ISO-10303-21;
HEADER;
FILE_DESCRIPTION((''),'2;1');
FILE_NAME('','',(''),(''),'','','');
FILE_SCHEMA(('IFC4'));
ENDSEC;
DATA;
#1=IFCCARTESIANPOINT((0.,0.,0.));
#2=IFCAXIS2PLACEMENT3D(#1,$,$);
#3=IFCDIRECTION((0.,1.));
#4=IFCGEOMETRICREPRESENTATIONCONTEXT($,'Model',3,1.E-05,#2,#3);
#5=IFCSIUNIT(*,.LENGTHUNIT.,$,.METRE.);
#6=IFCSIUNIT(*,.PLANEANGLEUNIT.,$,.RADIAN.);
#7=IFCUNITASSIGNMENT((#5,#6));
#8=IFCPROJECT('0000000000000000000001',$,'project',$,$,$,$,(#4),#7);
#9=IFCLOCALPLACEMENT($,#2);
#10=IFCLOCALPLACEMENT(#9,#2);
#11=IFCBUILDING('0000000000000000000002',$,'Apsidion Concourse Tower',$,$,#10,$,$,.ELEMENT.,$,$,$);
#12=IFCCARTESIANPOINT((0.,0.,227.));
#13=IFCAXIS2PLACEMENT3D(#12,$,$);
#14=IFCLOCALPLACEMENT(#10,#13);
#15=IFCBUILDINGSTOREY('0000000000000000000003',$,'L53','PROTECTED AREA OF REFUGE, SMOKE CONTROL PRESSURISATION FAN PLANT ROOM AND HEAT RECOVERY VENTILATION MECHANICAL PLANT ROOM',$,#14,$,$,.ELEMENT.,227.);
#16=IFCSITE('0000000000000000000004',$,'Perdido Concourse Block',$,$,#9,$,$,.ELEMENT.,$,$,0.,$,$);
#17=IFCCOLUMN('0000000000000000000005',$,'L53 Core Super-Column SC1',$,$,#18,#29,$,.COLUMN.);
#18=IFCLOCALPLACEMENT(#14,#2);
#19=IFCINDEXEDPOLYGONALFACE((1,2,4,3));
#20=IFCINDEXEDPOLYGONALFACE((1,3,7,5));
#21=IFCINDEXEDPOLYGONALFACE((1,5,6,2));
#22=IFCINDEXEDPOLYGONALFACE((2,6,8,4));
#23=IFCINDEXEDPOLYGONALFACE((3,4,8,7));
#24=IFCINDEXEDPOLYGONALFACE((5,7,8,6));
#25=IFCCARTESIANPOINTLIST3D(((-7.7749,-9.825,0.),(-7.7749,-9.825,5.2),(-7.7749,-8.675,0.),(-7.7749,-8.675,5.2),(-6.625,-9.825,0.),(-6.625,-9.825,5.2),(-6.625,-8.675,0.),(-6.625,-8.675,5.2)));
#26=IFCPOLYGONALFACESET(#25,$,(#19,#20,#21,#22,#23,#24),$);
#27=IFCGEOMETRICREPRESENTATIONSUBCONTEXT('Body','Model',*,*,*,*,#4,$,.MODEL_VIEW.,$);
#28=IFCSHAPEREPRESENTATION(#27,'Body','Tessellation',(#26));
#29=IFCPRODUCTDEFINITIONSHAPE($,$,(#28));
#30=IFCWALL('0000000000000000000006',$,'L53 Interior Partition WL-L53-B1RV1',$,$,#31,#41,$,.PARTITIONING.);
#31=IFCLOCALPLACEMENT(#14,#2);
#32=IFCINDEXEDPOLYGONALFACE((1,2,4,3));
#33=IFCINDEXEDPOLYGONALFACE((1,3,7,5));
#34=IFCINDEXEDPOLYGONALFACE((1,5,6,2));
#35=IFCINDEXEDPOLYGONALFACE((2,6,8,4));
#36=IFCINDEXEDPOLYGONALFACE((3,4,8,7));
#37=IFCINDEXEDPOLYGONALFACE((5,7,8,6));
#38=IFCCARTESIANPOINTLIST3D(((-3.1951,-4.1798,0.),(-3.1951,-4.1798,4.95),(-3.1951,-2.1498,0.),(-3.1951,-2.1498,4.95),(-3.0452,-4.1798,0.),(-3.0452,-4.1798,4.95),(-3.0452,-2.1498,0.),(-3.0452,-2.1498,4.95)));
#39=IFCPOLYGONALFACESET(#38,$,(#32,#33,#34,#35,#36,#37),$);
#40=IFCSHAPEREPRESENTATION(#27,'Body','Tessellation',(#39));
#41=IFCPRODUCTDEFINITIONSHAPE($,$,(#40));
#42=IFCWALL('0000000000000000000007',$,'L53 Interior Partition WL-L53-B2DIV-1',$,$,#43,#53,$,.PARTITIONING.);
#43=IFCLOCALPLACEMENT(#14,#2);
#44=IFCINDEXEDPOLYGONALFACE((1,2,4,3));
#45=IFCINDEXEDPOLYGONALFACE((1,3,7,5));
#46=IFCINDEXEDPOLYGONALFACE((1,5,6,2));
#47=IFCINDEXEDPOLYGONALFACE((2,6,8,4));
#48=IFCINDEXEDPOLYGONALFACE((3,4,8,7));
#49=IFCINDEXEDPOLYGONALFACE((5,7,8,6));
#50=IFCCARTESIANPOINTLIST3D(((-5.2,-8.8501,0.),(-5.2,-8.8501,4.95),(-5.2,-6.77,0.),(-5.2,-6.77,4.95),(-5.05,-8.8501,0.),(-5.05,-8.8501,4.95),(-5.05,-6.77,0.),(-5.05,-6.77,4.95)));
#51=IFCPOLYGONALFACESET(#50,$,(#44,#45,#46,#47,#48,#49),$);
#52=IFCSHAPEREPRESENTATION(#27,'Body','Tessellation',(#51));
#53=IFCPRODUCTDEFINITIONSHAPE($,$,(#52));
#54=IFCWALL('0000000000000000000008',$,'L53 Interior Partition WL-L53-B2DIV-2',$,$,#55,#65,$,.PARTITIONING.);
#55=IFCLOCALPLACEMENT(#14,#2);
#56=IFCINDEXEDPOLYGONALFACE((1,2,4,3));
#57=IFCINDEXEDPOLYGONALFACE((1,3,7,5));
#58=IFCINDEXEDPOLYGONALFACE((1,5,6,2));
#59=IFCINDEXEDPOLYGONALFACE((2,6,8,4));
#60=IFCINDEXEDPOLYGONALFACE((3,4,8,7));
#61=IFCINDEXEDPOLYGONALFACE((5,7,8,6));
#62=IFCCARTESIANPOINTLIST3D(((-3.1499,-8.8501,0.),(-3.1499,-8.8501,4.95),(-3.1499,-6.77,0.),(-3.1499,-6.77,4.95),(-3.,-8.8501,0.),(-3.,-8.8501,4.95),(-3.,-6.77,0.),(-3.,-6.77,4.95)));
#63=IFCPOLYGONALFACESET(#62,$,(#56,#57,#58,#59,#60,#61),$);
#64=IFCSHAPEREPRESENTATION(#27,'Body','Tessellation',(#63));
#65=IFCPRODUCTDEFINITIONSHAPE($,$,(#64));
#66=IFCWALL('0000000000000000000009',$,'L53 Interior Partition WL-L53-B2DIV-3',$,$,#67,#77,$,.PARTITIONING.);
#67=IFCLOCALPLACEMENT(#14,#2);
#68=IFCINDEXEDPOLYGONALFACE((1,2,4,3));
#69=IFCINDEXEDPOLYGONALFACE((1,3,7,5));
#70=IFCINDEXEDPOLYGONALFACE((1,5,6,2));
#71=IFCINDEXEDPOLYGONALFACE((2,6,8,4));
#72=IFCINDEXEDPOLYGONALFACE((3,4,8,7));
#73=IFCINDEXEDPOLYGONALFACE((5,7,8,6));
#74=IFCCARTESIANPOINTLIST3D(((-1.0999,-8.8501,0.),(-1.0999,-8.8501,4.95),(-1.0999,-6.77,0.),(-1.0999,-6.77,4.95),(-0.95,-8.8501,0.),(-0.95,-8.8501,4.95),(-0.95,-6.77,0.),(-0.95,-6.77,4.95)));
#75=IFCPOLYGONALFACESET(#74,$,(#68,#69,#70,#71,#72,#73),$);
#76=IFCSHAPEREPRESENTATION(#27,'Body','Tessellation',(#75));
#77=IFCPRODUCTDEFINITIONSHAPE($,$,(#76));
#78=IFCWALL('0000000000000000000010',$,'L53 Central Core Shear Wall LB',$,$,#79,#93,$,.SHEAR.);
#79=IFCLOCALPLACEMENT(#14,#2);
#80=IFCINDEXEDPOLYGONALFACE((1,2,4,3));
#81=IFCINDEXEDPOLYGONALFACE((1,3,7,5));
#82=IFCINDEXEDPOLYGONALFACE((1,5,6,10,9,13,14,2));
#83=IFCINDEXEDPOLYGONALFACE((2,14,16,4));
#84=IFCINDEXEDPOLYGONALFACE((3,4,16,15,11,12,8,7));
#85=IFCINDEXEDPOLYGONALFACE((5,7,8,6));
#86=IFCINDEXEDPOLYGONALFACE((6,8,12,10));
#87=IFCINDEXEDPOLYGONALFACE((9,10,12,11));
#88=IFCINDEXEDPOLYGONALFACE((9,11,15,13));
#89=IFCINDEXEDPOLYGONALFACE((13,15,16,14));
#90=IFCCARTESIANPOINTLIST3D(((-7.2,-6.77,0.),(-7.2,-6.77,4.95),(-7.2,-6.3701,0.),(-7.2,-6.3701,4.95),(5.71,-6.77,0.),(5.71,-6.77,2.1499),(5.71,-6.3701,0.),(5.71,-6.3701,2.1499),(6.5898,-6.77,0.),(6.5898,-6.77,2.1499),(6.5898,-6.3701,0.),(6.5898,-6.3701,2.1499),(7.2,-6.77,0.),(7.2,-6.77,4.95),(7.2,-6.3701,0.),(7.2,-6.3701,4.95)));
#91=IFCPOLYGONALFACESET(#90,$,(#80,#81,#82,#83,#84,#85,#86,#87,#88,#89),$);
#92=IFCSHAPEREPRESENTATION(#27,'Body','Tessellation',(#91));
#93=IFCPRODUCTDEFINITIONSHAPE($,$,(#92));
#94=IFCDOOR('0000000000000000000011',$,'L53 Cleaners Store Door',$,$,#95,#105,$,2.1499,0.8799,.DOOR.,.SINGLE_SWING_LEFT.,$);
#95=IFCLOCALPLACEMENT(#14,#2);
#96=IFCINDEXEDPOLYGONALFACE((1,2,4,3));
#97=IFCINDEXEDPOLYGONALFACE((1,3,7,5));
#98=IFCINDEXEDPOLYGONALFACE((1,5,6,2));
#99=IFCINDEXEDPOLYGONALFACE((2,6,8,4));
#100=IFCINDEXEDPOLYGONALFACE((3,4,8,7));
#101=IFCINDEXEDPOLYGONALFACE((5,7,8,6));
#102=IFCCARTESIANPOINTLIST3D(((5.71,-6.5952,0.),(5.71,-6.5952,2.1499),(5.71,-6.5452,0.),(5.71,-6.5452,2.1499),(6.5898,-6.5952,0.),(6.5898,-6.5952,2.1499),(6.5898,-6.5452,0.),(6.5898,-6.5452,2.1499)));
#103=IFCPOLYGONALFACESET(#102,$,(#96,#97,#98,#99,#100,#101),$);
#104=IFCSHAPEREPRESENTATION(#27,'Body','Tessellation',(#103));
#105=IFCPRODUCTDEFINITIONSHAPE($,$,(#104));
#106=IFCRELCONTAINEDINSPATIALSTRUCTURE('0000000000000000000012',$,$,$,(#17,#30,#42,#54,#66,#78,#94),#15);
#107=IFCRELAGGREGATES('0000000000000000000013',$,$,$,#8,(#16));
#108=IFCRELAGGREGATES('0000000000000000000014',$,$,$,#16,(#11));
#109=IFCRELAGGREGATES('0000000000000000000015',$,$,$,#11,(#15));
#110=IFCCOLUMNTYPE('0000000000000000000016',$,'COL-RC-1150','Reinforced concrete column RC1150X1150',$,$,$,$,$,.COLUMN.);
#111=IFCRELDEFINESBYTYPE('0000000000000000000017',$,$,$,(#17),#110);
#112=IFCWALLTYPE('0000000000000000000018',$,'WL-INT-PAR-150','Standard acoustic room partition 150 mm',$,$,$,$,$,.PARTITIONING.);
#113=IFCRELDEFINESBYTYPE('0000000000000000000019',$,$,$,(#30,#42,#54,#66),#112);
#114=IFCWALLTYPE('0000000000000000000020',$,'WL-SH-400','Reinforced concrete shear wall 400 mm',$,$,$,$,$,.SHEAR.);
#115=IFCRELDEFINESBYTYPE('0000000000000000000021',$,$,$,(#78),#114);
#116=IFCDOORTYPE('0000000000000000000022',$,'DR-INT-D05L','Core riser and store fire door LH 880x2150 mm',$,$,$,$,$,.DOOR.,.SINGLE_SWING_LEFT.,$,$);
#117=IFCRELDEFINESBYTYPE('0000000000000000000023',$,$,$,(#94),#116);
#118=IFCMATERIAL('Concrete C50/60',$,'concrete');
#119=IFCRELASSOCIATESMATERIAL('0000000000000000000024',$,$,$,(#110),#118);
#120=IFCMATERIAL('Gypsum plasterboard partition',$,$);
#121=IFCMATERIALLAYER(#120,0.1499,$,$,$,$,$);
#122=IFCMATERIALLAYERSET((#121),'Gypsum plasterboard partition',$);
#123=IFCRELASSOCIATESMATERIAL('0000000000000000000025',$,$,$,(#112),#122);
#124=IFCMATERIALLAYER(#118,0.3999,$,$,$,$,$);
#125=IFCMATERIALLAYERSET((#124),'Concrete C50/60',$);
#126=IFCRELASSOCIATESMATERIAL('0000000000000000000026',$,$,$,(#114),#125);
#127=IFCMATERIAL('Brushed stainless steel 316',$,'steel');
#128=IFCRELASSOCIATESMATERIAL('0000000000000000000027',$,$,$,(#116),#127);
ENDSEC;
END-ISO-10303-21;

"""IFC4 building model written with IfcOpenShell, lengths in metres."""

from ifc_helpers import new_model, si_unit, direction, frame, frame_2d, origin, origin_2d, place, context, subcontext, project, spatial, rectangle, extrude, material, layer, layer_set, material_profile, profile_set, type_object, element, fill, save


model = new_model("IFC4")

# Units and contexts
model_context = context("Model", 3, precision=1e-05, world=origin(), true_north=direction((0.0, 1.0)))
body_context = subcontext(model_context, "Body", "Model", "MODEL_VIEW")
ifc_project = project(units=[si_unit("LENGTHUNIT", "METRE"), si_unit("PLANEANGLEUNIT", "RADIAN")], contexts=[model_context])

# Site, building, storey
site_placement = place(None, origin())
site = spatial("IfcSite", under=ifc_project, at=site_placement, Name="Perdido Concourse Block", CompositionType="ELEMENT", RefElevation=0.0)
building_placement = place(site_placement, origin())
building = spatial("IfcBuilding", under=site, at=building_placement, Name="Apsidion Concourse Tower", CompositionType="ELEMENT")
storey_placement = place(building_placement, frame((0.0, 0.0, 227.0)))
storey = spatial("IfcBuildingStorey", under=building, at=storey_placement, Name="L53", Description="PROTECTED AREA OF REFUGE, SMOKE CONTROL PRESSURISATION FAN PLANT ROOM AND HEAT RECOVERY VENTILATION MECHANICAL PLANT ROOM", CompositionType="ELEMENT", Elevation=227.0)

# Column
ifc_material_1 = material(Name="Concrete C50/60", Category="concrete")
ifc_material_profile = material_profile(ifc_material_1, rectangle(XDim=1.1499, YDim=1.1499, at=origin_2d()), Name="RC 1150x1150")
ifc_profile_set = profile_set([ifc_material_profile], Name="Concrete C50/60")
column_type = type_object("IfcColumnType", Name="COL-RC-1150", Description="Reinforced concrete column RC1150X1150", PredefinedType="COLUMN", material=ifc_profile_set)
column_placement = place(storey_placement, frame((-7.2, -9.25, 0.0), z_axis=(0.0, 0.0, 1.0), x_axis=(1.0, 0.0, 0.0)))
element("IfcColumn", 1, at=column_placement, inside=storey, type_object=column_type, Name="L53 Core Super-Column SC1", PredefinedType="COLUMN", context=body_context, shape_type="SweptSolid", body=[
    extrude(rectangle(XDim=1.1499, YDim=1.1499, at=origin_2d()), origin(), (0.0, 0.0, 1.0), 5.2),
])

# Walls
ifc_material_2 = material(Name="Gypsum plasterboard partition")
ifc_layer_1 = layer(ifc_material_2, 0.1499)
ifc_layer_set_1 = layer_set([ifc_layer_1], Name="Gypsum plasterboard partition")
wall_type_1 = type_object("IfcWallType", Name="WL-INT-PAR-150", Description="Standard acoustic room partition 150 mm", PredefinedType="PARTITIONING", material=ifc_layer_set_1)
wall_1_placement = place(storey_placement, frame((-3.1201, -4.1799, 0.0), z_axis=(0.0, 0.0, 1.0), x_axis=(0.0, 1.0, 0.0)))
element("IfcWall", 2, at=wall_1_placement, inside=storey, type_object=wall_type_1, Name="L53 Interior Partition WL-L53-B1RV1", PredefinedType="PARTITIONING", context=body_context, shape_type="SweptSolid", body=[
    extrude(rectangle(XDim=2.03, YDim=0.1499, at=frame_2d((1.0151, 0.0))), origin(), (0.0, 0.0, 1.0), 4.95),
])
for number, where, z_axis, x_axis, name in (
    (3, (-5.125, -8.8501, 0.0), (0.0, 0.0, 1.0), (0.0, 1.0, 0.0), "L53 Interior Partition WL-L53-B2DIV-1"),
    (4, (-3.075, -8.8501, 0.0), (0.0, 0.0, 1.0), (0.0, 1.0, 0.0), "L53 Interior Partition WL-L53-B2DIV-2"),
    (5, (-1.0249, -8.8501, 0.0), (0.0, 0.0, 1.0), (0.0, 1.0, 0.0), "L53 Interior Partition WL-L53-B2DIV-3"),
):
    element("IfcWall", number, at=place(storey_placement, frame(where, z_axis=z_axis, x_axis=x_axis)), inside=storey, type_object=wall_type_1, Name=name, PredefinedType="PARTITIONING", context=body_context, shape_type="SweptSolid", body=[
        extrude(rectangle(XDim=2.0801, YDim=0.1499, at=frame_2d((1.04, 0.0))), origin(), (0.0, 0.0, 1.0), 4.95),
    ])

# Shared definitions
ifc_layer_2 = layer(ifc_material_1, 0.3999)
ifc_layer_set_2 = layer_set([ifc_layer_2], Name="Concrete C50/60")
wall_type_2 = type_object("IfcWallType", Name="WL-SH-400", Description="Reinforced concrete shear wall 400 mm", PredefinedType="SHEAR", material=ifc_layer_set_2)
ifc_material_3 = material(Name="Brushed stainless steel 316", Category="steel")

# Wall, opening, door
wall_2_placement = place(storey_placement, frame((-7.2, -6.5701, 0.0), z_axis=(0.0, 0.0, 1.0), x_axis=(1.0, 0.0, 0.0)))
wall_2 = element("IfcWall", 6, at=wall_2_placement, inside=storey, type_object=wall_type_2, Name="L53 Central Core Shear Wall LB", PredefinedType="SHEAR", context=body_context, shape_type="SweptSolid", body=[
    extrude(rectangle(XDim=14.3999, YDim=0.3999, at=frame_2d((7.2, 0.0))), origin(), (0.0, 0.0, 1.0), 4.95),
])
opening_1_placement = place(wall_2_placement, frame((12.9099, 0.0, 0.0)))
opening_1 = element("IfcOpeningElement", 7, at=opening_1_placement, cuts=wall_2, PredefinedType="OPENING", context=body_context, shape_type="SweptSolid", body=[
    extrude(rectangle(XDim=0.8799, YDim=2.1499, at=frame_2d((0.4399, 1.075))), frame((0.0, 0.21, 0.0), z_axis=(0.0, -1.0, 0.0), x_axis=(1.0, 0.0, 0.0)), (0.0, 0.0, 1.0), 0.4199),
])
door_type_1 = type_object("IfcDoorType", Name="DR-INT-D05L", Description="Core riser and store fire door LH 880x2150 mm", OperationType="SINGLE_SWING_LEFT", PredefinedType="DOOR", material=ifc_material_3)
door_1_placement = place(opening_1_placement, origin())
door_1 = element("IfcDoor", 8, at=door_1_placement, inside=storey, type_object=door_type_1, Name="L53 Cleaners Store Door", OperationType="SINGLE_SWING_LEFT", OverallHeight=2.1499, OverallWidth=0.8799, PredefinedType="DOOR", context=body_context, shape_type="SweptSolid", body=[
    extrude(rectangle(XDim=0.8799, YDim=2.1499, at=frame_2d((0.4399, 1.075))), frame((0.0, 0.0249, 0.0), z_axis=(0.0, -1.0, 0.0), x_axis=(1.0, 0.0, 0.0)), (0.0, 0.0, 1.0), 0.05),
])
fill(opening_1, door_1)

save(model, "model.ifc")
